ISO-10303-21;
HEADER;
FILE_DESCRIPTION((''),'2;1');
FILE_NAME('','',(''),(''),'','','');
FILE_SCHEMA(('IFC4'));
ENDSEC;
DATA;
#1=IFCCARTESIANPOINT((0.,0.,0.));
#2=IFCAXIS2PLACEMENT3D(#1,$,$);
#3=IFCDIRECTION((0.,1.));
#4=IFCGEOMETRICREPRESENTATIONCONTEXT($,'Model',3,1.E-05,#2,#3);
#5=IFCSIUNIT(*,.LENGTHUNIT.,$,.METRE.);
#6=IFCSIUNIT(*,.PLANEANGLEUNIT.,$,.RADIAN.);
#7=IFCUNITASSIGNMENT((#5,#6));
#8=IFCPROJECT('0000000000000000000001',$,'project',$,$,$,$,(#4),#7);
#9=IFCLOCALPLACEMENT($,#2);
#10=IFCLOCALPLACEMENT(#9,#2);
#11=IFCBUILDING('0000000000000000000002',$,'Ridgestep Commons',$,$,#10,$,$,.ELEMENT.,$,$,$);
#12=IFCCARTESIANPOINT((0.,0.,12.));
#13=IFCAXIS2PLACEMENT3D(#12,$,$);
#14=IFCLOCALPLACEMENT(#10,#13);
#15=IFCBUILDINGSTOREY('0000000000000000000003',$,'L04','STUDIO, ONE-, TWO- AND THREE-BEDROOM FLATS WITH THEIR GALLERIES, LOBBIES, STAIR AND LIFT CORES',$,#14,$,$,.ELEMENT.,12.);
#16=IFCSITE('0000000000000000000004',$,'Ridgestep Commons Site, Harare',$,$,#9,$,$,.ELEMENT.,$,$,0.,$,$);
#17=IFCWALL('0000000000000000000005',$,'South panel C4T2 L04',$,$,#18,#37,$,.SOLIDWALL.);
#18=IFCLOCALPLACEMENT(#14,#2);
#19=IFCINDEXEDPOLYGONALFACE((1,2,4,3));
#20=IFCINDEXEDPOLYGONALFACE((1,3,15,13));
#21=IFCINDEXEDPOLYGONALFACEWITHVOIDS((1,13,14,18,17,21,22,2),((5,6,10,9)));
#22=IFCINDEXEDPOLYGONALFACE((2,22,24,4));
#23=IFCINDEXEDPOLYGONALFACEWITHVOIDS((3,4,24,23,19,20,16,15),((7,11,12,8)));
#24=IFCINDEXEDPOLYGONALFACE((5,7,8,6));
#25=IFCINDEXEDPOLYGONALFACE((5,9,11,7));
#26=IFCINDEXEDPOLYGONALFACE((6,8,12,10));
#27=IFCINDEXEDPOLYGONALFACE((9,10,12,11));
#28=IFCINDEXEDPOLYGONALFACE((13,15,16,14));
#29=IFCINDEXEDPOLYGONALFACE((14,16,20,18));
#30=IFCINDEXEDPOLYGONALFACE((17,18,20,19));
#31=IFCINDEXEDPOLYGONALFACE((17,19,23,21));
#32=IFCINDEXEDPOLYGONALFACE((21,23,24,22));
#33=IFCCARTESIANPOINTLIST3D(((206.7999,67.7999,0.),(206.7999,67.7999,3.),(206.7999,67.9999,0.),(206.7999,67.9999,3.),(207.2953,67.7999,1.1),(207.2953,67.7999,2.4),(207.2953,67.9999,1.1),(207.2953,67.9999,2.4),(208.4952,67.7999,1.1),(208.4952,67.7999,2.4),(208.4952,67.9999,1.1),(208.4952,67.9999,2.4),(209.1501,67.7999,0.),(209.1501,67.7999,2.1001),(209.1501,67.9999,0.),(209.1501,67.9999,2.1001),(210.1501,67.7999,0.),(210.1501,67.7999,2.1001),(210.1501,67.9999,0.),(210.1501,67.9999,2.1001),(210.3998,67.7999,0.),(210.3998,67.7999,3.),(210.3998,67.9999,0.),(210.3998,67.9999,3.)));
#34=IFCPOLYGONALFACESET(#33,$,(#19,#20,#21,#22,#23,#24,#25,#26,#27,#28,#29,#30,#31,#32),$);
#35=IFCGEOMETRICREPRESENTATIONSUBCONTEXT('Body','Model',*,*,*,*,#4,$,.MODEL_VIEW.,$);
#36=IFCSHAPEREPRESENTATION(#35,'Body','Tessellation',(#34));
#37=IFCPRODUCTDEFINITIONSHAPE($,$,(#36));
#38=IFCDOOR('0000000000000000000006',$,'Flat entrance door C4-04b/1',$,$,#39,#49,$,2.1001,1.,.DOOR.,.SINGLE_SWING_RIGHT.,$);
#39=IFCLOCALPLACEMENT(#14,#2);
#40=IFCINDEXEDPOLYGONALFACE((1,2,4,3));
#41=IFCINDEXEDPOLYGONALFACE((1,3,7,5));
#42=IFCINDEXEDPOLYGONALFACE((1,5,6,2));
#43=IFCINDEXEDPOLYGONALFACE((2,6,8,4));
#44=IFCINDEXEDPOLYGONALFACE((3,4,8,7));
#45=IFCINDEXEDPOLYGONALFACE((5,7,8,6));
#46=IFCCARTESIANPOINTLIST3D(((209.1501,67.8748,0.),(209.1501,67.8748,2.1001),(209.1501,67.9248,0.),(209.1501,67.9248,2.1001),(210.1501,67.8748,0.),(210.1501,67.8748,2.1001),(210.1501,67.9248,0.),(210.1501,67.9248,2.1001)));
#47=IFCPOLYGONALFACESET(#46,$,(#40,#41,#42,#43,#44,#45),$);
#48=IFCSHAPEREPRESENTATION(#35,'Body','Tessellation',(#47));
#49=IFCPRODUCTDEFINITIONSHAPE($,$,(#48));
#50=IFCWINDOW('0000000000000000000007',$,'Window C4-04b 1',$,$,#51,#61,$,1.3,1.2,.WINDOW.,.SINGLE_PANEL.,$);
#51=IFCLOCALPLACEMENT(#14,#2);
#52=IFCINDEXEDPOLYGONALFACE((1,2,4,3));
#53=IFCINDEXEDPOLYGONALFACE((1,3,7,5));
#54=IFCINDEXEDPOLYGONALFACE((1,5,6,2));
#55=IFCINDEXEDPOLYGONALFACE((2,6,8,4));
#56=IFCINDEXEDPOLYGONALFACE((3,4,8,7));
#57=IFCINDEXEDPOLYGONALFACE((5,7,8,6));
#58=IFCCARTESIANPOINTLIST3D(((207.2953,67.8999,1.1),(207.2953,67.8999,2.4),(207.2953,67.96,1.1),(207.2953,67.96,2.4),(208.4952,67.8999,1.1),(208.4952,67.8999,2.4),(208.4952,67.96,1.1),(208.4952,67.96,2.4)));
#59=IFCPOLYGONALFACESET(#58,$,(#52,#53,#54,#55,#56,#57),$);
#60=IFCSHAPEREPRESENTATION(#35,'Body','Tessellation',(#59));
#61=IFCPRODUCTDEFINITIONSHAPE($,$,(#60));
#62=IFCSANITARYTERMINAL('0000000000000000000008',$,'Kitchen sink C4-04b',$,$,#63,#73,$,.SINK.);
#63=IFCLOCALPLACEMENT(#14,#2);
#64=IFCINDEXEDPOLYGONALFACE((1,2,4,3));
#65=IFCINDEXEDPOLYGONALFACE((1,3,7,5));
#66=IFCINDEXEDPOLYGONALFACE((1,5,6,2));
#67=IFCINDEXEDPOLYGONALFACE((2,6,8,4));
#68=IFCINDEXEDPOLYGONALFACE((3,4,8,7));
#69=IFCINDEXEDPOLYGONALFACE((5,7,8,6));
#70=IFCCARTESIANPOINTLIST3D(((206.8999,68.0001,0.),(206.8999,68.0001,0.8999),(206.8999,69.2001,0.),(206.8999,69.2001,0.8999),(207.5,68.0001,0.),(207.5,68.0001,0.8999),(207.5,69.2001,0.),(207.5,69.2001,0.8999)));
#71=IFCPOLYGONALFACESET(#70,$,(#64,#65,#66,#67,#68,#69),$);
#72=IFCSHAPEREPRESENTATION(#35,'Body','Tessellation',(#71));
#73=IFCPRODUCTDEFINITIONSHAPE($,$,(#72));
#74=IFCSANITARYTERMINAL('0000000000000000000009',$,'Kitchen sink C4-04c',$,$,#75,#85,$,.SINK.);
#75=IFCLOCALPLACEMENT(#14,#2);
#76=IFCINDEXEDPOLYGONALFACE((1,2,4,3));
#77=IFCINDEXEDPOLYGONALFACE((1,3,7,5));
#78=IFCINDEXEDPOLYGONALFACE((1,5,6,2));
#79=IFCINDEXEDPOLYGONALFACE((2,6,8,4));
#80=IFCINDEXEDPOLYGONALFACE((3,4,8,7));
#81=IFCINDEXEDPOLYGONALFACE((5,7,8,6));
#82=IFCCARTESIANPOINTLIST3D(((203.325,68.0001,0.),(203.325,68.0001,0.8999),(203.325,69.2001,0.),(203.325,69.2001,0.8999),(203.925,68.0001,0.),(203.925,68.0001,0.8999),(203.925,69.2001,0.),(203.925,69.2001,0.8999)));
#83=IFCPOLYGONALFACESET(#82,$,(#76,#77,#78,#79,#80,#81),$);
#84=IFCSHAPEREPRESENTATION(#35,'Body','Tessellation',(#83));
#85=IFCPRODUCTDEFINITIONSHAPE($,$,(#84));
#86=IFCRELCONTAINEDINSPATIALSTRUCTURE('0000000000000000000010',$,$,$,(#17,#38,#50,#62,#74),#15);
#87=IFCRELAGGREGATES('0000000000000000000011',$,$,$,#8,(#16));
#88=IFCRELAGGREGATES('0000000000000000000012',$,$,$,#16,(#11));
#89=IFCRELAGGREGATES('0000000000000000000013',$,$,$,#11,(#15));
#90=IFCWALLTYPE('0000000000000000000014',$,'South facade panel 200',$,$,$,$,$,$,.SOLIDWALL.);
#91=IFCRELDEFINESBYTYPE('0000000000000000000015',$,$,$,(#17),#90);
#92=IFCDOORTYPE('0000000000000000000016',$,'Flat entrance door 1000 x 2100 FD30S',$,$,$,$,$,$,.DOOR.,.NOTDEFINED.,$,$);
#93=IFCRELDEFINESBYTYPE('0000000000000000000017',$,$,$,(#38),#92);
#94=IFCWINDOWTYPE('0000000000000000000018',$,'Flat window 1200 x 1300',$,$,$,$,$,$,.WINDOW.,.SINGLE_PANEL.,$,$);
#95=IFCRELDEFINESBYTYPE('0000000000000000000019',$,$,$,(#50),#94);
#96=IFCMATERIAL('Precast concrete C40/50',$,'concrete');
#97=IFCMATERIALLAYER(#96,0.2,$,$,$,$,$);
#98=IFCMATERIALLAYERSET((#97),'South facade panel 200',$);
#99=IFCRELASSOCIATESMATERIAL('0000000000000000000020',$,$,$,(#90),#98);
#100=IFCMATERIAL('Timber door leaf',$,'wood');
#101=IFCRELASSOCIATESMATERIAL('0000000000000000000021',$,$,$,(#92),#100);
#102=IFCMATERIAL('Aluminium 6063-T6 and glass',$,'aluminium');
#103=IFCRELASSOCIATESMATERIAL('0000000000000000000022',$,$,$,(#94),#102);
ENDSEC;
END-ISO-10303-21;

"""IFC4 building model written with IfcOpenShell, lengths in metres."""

from ifc_helpers import new_model, si_unit, direction, frame, frame_2d, origin, origin_2d, place, context, subcontext, project, spatial, rectangle, extrude, material, layer, layer_set, type_object, element, fill, save


model = new_model("IFC4")

# Units and contexts
model_context = context("Model", 3, precision=1e-05, world=origin(), true_north=direction((0.0, 1.0)))
body_context = subcontext(model_context, "Body", "Model", "MODEL_VIEW")
ifc_project = project(units=[si_unit("LENGTHUNIT", "METRE"), si_unit("PLANEANGLEUNIT", "RADIAN")], contexts=[model_context])

# Site, building, storey
site_placement = place(None, origin())
site = spatial("IfcSite", under=ifc_project, at=site_placement, Name="Ridgestep Commons Site, Harare", CompositionType="ELEMENT", RefElevation=0.0)
building_placement = place(site_placement, origin())
building = spatial("IfcBuilding", under=site, at=building_placement, Name="Ridgestep Commons", CompositionType="ELEMENT")
storey_placement = place(building_placement, frame((0.0, 0.0, 12.0)))
storey = spatial("IfcBuildingStorey", under=building, at=storey_placement, Name="L04", Description="STUDIO, ONE-, TWO- AND THREE-BEDROOM FLATS WITH THEIR GALLERIES, LOBBIES, STAIR AND LIFT CORES", CompositionType="ELEMENT", Elevation=12.0)

# Wall, openings, door, window
ifc_material_1 = material(Name="Precast concrete C40/50", Category="concrete")
ifc_layer_1 = layer(ifc_material_1, 0.2)
ifc_layer_set_1 = layer_set([ifc_layer_1], Name="South facade panel 200")
wall_type_1 = type_object("IfcWallType", Name="South facade panel 200", PredefinedType="SOLIDWALL", material=ifc_layer_set_1)
wall_1_placement = place(storey_placement, frame((206.8, 67.8999, 0.0), z_axis=(0.0, 0.0, 1.0), x_axis=(1.0, 0.0, 0.0)))
wall_1 = element("IfcWall", 1, at=wall_1_placement, inside=storey, type_object=wall_type_1, Name="South panel C4T2 L04", PredefinedType="SOLIDWALL", context=body_context, shape_type="SweptSolid", body=[
    extrude(rectangle(XDim=3.5999, YDim=0.2, at=frame_2d((1.7998, 0.0))), origin(), (0.0, 0.0, 1.0), 3.0),
])
opening_1_placement = place(wall_1_placement, frame((0.4951, 0.0, 1.1001)))
opening_1 = element("IfcOpeningElement", 2, at=opening_1_placement, cuts=wall_1, PredefinedType="OPENING", context=body_context, shape_type="SweptSolid", body=[
    extrude(rectangle(XDim=1.2, YDim=1.3, at=frame_2d((0.6001, 0.6499))), frame((0.0, 0.1099, 0.0), z_axis=(0.0, -1.0, 0.0), x_axis=(1.0, 0.0, 0.0)), (0.0, 0.0, 1.0), 0.22),
])
opening_2_placement = place(wall_1_placement, frame((2.3501, 0.0, 0.0)))
opening_2 = element("IfcOpeningElement", 3, at=opening_2_placement, cuts=wall_1, PredefinedType="OPENING", context=body_context, shape_type="SweptSolid", body=[
    extrude(rectangle(XDim=1.0, YDim=2.1001, at=frame_2d((0.5, 1.05))), frame((0.0, 0.1099, 0.0), z_axis=(0.0, -1.0, 0.0), x_axis=(1.0, 0.0, 0.0)), (0.0, 0.0, 1.0), 0.22),
])
ifc_material_2 = material(Name="Timber door leaf", Category="wood")
door_type_1 = type_object("IfcDoorType", Name="Flat entrance door 1000 x 2100 FD30S", OperationType="NOTDEFINED", PredefinedType="DOOR", material=ifc_material_2)
door_1_placement = place(opening_2_placement, origin())
door_1 = element("IfcDoor", 4, at=door_1_placement, inside=storey, type_object=door_type_1, Name="Flat entrance door C4-04b/1", OperationType="SINGLE_SWING_RIGHT", OverallHeight=2.1001, OverallWidth=1.0, PredefinedType="DOOR", context=body_context, shape_type="SweptSolid", body=[
    extrude(rectangle(XDim=1.0, YDim=2.1001, at=frame_2d((0.5, 1.05))), frame((0.0, 0.0249, 0.0), z_axis=(0.0, -1.0, 0.0), x_axis=(1.0, 0.0, 0.0)), (0.0, 0.0, 1.0), 0.05),
])
fill(opening_2, door_1)
ifc_material_3 = material(Name="Aluminium 6063-T6 and glass", Category="aluminium")
window_type = type_object("IfcWindowType", Name="Flat window 1200 x 1300", PartitioningType="SINGLE_PANEL", PredefinedType="WINDOW", material=ifc_material_3)
window_placement = place(opening_1_placement, origin())
window = element("IfcWindow", 5, at=window_placement, inside=storey, type_object=window_type, Name="Window C4-04b 1", OverallHeight=1.3, OverallWidth=1.2, PartitioningType="SINGLE_PANEL", PredefinedType="WINDOW", context=body_context, shape_type="SweptSolid", body=[
    extrude(rectangle(XDim=1.2, YDim=1.3, at=frame_2d((0.6001, 0.6499))), frame((0.0, 0.0601, 0.0), z_axis=(0.0, -1.0, 0.0), x_axis=(1.0, 0.0, 0.0)), (0.0, 0.0, 1.0), 0.0601),
])
fill(opening_1, window)

# Sanitary terminals
for number, where, z_axis, x_axis, name in (
    (6, (207.2, 68.6001, 0.0), (0.0, 0.0, 1.0), (1.0, 0.0, 0.0), "Kitchen sink C4-04b"),
    (7, (203.625, 68.6001, 0.0), (0.0, 0.0, 1.0), (1.0, 0.0, 0.0), "Kitchen sink C4-04c"),
):
    element("IfcSanitaryTerminal", number, at=place(storey_placement, frame(where, z_axis=z_axis, x_axis=x_axis)), inside=storey, Name=name, PredefinedType="SINK", context=body_context, shape_type="SweptSolid", body=[
        extrude(rectangle(XDim=0.6001, YDim=1.2, at=origin_2d()), origin(), (0.0, 0.0, 1.0), 0.8999),
    ])

save(model, "model.ifc")
